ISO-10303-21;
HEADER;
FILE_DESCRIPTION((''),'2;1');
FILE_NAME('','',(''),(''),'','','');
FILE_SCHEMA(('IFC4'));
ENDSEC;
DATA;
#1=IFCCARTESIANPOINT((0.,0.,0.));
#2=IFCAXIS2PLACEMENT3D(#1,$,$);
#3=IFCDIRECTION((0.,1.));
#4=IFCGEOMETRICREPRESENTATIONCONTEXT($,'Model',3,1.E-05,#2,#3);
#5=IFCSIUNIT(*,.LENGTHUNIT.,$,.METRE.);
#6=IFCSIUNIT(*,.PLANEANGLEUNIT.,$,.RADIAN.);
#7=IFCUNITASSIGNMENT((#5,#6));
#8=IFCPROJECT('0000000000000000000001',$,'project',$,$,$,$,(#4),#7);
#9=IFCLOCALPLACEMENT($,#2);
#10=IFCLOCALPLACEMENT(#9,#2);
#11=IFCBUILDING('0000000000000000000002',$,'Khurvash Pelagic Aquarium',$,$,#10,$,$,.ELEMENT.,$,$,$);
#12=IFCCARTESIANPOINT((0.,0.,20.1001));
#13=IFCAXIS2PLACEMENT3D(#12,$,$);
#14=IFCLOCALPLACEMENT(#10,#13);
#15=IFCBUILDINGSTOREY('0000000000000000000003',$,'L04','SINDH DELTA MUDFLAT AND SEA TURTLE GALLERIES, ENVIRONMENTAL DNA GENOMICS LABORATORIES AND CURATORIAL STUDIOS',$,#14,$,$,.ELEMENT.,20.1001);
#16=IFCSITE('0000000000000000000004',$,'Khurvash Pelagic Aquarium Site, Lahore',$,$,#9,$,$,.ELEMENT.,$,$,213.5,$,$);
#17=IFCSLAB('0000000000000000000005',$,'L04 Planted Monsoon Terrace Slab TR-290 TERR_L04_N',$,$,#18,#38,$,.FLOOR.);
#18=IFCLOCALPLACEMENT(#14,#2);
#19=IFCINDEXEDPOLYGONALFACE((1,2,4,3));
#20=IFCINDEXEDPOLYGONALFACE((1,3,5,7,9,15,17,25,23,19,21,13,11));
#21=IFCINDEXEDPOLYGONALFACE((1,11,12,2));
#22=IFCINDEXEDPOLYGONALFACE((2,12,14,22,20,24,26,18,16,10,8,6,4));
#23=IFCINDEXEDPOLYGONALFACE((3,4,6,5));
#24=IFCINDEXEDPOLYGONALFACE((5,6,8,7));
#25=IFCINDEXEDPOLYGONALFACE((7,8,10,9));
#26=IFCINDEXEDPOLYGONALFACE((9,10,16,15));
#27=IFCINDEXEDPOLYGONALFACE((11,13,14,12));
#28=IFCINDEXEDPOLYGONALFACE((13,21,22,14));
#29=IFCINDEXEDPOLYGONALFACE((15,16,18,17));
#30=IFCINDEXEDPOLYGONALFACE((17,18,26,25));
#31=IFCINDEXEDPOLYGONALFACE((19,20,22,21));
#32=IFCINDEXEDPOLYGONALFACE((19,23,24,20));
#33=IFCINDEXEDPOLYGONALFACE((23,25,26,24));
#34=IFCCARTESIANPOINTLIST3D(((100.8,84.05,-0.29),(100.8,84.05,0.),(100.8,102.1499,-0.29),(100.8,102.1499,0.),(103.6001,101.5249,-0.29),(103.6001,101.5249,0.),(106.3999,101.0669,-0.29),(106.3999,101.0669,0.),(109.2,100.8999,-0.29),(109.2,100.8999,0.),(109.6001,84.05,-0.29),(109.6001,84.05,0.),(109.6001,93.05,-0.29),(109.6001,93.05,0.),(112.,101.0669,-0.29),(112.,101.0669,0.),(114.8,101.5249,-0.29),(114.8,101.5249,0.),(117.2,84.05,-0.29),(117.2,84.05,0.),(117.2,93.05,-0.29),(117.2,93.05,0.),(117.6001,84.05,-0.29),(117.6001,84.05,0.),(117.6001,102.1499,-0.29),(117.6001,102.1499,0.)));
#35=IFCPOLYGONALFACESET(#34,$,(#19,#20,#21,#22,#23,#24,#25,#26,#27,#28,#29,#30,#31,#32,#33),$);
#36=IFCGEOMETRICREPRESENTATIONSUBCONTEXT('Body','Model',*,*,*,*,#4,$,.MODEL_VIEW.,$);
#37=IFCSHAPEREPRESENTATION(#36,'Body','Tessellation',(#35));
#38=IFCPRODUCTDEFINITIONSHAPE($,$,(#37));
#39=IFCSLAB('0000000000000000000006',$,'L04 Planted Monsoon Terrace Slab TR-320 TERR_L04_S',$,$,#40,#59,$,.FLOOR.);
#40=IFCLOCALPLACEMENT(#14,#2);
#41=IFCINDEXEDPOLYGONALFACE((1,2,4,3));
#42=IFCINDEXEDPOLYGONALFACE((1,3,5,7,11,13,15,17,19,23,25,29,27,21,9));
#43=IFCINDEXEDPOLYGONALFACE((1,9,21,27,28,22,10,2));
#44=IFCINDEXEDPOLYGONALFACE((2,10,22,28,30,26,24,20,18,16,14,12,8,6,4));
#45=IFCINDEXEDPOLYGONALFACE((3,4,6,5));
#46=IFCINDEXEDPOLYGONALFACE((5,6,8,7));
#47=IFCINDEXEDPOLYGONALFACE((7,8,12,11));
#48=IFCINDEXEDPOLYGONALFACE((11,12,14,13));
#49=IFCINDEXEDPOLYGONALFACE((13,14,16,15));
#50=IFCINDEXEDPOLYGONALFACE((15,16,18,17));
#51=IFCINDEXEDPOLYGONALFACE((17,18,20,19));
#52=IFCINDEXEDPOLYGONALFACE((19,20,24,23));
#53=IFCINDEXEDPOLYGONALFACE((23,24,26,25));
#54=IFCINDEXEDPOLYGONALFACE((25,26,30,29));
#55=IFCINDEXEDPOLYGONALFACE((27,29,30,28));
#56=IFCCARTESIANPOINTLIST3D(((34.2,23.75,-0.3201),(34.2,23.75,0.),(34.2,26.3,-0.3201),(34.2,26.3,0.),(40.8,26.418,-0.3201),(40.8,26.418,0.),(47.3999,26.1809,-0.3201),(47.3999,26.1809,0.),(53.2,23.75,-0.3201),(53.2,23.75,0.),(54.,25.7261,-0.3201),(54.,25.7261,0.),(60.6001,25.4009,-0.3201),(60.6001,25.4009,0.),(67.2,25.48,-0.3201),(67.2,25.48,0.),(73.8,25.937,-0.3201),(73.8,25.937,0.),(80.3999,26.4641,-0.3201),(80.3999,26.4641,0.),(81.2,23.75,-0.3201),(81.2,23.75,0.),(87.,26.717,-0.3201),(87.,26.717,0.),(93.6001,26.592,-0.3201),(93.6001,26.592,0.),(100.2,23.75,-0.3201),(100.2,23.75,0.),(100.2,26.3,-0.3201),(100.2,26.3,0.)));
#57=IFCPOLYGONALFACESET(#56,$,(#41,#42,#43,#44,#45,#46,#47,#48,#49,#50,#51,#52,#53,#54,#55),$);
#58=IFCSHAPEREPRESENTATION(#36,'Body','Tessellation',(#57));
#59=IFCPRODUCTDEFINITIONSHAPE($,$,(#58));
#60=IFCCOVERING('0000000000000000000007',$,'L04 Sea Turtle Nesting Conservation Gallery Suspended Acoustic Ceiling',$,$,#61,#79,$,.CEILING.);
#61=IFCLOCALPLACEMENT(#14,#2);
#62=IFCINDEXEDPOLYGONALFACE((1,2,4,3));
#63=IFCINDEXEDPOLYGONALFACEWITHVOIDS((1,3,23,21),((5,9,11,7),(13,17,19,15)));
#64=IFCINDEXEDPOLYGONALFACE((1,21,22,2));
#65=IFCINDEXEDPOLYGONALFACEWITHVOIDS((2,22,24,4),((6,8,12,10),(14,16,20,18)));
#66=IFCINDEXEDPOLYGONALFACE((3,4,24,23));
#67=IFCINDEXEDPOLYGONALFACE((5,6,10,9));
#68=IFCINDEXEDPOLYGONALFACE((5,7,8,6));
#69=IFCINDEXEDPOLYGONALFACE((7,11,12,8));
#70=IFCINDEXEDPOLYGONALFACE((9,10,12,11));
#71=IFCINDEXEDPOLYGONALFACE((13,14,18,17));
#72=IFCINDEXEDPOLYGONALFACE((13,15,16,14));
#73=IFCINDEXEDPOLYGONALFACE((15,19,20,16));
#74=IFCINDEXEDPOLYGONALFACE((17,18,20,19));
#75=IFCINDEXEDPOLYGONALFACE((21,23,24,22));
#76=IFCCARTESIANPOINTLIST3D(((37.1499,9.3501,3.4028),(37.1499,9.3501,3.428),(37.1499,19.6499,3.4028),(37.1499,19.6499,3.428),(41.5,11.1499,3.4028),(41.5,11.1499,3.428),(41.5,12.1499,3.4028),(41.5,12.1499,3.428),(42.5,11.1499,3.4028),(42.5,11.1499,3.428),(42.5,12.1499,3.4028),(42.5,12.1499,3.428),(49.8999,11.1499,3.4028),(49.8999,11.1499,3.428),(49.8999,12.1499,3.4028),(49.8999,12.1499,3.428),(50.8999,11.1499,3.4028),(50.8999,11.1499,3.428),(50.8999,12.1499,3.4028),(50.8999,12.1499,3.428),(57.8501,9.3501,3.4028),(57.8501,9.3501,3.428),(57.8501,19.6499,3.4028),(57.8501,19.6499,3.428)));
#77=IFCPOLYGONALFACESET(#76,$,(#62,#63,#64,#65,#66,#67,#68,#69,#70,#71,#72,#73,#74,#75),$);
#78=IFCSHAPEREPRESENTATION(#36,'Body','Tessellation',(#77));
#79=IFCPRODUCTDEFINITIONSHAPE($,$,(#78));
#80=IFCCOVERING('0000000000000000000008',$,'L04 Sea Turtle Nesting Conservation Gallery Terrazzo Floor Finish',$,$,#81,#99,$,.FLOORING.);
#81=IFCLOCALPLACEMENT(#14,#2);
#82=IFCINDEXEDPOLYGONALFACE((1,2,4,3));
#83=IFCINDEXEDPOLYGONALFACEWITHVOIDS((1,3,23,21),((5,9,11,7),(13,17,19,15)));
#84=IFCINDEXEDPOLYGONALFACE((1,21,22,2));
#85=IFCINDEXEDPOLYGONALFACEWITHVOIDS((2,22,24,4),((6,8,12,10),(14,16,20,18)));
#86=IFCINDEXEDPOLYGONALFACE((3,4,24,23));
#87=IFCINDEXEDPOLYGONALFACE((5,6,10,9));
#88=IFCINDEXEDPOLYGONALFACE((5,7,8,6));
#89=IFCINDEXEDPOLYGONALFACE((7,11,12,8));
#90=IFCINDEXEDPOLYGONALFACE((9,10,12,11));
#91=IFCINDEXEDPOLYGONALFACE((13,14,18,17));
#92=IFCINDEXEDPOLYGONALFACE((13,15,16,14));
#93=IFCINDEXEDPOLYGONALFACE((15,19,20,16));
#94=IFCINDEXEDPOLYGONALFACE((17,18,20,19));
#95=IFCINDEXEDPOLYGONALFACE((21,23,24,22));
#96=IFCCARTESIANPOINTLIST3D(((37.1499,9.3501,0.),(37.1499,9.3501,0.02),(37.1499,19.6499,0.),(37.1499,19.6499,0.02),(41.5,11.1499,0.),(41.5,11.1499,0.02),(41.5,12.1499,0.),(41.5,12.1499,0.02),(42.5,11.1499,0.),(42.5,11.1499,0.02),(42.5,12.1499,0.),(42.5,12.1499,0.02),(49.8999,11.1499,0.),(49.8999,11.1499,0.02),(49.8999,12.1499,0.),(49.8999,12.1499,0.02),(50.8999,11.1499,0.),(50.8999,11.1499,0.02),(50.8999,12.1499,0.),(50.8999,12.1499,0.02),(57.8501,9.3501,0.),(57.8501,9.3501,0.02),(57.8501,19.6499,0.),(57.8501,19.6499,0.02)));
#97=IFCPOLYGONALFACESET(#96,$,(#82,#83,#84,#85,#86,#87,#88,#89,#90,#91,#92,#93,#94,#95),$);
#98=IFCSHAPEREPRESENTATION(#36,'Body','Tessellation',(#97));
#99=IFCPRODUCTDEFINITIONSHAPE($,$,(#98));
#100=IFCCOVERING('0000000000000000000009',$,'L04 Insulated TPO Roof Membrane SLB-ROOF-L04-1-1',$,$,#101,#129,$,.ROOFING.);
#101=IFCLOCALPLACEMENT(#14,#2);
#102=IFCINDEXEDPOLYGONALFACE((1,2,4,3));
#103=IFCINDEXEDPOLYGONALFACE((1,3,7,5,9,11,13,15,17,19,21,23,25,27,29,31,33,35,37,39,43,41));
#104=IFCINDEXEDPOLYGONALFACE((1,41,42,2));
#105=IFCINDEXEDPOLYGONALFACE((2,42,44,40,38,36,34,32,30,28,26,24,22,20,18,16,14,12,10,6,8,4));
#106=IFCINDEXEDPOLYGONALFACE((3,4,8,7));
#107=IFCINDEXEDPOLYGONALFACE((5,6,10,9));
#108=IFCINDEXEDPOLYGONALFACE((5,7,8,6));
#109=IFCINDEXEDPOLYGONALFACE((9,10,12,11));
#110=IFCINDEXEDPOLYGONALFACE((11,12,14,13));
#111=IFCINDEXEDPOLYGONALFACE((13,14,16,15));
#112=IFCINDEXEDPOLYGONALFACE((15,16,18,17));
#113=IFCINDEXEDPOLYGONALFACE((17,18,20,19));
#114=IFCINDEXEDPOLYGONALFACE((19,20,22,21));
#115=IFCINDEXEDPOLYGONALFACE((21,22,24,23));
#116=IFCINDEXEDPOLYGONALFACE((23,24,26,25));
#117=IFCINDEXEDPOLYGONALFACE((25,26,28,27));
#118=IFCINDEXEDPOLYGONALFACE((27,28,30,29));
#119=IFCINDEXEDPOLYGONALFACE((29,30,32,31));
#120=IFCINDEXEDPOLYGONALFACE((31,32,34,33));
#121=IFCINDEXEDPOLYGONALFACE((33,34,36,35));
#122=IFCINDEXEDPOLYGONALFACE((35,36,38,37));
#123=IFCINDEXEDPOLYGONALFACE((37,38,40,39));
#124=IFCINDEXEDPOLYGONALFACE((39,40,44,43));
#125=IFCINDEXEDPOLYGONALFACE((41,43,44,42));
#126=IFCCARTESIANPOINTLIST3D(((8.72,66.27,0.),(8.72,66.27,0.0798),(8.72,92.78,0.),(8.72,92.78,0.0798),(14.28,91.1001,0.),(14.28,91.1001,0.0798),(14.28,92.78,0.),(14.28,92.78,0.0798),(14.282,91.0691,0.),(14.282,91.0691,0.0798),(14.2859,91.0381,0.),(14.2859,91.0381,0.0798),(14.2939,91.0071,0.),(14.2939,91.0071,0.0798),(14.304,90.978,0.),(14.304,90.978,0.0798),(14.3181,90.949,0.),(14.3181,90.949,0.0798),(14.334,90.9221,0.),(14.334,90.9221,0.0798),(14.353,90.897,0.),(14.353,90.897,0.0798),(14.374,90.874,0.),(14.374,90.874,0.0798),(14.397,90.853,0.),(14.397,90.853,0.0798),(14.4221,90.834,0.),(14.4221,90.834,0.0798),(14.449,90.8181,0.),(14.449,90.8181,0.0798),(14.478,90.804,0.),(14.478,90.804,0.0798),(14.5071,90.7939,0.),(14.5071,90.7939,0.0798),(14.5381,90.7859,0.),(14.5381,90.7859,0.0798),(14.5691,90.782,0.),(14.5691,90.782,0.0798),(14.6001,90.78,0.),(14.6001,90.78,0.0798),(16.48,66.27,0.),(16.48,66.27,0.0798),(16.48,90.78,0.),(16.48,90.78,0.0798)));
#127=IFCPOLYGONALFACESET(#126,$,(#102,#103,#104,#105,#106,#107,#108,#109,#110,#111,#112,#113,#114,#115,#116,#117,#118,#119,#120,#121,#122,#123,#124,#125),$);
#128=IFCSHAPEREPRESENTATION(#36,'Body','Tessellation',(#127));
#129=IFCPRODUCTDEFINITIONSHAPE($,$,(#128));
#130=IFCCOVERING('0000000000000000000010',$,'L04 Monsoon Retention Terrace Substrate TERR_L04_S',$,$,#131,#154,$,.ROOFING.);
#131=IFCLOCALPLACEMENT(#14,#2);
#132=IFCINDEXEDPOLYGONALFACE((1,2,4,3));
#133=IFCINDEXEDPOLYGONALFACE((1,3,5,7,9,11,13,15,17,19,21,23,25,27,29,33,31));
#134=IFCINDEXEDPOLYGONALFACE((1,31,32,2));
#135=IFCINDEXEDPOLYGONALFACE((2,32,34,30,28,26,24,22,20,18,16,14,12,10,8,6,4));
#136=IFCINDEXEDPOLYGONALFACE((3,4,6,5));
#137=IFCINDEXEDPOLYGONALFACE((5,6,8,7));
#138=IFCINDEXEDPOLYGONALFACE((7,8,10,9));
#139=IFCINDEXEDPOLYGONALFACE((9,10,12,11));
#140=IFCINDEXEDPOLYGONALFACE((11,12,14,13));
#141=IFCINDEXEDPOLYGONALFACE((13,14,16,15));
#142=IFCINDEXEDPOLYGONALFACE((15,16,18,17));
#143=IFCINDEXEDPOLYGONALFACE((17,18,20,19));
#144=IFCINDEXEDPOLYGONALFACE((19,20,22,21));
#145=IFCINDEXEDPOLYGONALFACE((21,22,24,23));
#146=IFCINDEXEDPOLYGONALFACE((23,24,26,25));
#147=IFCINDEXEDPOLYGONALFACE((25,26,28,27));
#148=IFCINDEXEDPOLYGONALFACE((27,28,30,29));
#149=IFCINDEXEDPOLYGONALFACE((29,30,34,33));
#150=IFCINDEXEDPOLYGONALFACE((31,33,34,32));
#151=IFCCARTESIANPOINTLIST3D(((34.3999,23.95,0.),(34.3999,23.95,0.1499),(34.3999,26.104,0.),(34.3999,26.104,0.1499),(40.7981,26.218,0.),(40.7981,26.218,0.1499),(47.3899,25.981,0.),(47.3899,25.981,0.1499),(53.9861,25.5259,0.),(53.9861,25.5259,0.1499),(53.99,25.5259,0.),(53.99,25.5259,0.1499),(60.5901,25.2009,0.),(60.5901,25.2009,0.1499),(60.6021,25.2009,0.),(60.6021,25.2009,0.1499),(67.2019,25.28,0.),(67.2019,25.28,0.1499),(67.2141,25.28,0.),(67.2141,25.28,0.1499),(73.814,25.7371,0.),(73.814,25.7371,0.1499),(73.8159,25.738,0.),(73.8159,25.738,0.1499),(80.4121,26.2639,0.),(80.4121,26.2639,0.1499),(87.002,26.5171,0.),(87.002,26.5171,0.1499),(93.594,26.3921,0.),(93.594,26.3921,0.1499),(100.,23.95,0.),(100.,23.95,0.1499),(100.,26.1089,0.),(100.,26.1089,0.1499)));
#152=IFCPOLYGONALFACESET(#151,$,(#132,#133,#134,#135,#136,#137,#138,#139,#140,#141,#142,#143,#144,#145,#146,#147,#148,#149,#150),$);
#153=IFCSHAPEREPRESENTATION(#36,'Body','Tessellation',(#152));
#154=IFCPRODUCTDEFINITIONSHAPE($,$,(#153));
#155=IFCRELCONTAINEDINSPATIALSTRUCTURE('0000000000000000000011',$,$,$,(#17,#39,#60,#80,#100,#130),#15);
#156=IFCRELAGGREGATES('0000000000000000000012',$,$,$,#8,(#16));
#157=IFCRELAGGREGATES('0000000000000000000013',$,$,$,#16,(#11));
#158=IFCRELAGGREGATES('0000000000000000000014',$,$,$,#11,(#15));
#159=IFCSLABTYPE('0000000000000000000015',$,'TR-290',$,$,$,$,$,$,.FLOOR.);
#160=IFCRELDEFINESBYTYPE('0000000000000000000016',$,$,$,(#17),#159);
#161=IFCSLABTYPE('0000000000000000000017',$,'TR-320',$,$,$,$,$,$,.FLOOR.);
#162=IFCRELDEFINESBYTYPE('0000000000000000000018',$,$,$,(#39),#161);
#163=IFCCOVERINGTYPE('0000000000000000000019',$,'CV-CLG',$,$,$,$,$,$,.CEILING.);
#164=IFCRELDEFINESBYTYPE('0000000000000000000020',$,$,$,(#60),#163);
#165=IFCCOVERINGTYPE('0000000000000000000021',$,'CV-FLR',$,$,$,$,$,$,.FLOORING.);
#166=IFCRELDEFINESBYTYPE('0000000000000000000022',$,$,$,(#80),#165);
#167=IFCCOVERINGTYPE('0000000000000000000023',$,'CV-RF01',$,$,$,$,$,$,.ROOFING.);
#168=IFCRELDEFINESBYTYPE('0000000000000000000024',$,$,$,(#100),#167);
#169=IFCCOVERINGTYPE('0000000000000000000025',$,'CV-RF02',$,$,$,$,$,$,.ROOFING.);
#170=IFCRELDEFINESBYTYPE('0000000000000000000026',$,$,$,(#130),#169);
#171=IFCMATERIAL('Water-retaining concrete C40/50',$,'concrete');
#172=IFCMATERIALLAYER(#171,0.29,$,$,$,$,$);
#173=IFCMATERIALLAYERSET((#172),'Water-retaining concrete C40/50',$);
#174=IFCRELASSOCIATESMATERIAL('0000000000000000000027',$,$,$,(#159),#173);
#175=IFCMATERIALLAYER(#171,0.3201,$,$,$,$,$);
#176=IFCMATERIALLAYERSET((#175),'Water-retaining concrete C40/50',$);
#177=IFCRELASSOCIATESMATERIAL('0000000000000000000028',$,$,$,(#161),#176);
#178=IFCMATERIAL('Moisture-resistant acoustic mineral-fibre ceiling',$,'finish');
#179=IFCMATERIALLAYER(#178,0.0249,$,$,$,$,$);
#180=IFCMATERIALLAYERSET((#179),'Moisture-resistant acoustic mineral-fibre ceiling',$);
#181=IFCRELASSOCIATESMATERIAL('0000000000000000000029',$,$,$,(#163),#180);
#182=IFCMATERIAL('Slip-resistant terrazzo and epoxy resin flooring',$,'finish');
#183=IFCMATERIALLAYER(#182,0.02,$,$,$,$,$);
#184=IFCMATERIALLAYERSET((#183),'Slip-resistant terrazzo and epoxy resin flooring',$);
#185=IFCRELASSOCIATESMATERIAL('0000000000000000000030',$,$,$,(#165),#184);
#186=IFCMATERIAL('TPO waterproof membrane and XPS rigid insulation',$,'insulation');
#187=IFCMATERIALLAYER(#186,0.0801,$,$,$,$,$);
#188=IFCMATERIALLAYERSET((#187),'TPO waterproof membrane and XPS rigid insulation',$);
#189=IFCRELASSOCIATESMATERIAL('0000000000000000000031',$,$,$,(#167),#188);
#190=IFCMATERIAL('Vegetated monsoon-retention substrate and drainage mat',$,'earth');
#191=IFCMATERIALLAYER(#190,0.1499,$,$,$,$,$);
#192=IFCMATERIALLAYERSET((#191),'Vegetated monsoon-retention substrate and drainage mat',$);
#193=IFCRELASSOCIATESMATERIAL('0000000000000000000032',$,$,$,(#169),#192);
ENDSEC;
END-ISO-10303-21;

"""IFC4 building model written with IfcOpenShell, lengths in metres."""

from ifc_helpers import new_model, si_unit, direction, frame, origin, place, context, subcontext, project, spatial, polyline, outline, extrude, material, layer, layer_set, type_object, element, save


model = new_model("IFC4")

# Units and contexts
model_context = context("Model", 3, precision=1e-05, world=origin(), true_north=direction((0.0, 1.0)))
body_context = subcontext(model_context, "Body", "Model", "MODEL_VIEW")
ifc_project = project(units=[si_unit("LENGTHUNIT", "METRE"), si_unit("PLANEANGLEUNIT", "RADIAN")], contexts=[model_context])

# Site, building, storey
site_placement = place(None, origin())
site = spatial("IfcSite", under=ifc_project, at=site_placement, Name="Khurvash Pelagic Aquarium Site, Lahore", CompositionType="ELEMENT", RefElevation=213.5)
building_placement = place(site_placement, origin())
building = spatial("IfcBuilding", under=site, at=building_placement, Name="Khurvash Pelagic Aquarium", CompositionType="ELEMENT")
storey_placement = place(building_placement, frame((0.0, 0.0, 20.1001)))
storey = spatial("IfcBuildingStorey", under=building, at=storey_placement, Name="L04", Description="SINDH DELTA MUDFLAT AND SEA TURTLE GALLERIES, ENVIRONMENTAL DNA GENOMICS LABORATORIES AND CURATORIAL STUDIOS", CompositionType="ELEMENT", Elevation=20.1001)

# Slabs
ifc_material_1 = material(Name="Water-retaining concrete C40/50", Category="concrete")
ifc_layer_1 = layer(ifc_material_1, 0.29)
ifc_layer_set_1 = layer_set([ifc_layer_1], Name="Water-retaining concrete C40/50")
slab_type_1 = type_object("IfcSlabType", Name="TR-290", PredefinedType="FLOOR", material=ifc_layer_set_1)
slab_1_placement = place(storey_placement, frame((0.0, 0.0, -0.29)))
element("IfcSlab", 1, at=slab_1_placement, inside=storey, type_object=slab_type_1, Name="L04 Planted Monsoon Terrace Slab TR-290 TERR_L04_N", PredefinedType="FLOOR", context=body_context, shape_type="SweptSolid", body=[
    extrude(outline(polyline([(100.8, 84.05), (109.6001, 84.05), (109.6001, 93.05), (117.2, 93.05), (117.2, 84.05), (117.6001, 84.05), (117.6001, 102.1499), (114.8, 101.5249), (112.0, 101.0669), (109.2, 100.8999), (106.3999, 101.0669), (103.6001, 101.5249), (100.8, 102.1499), (100.8, 84.05)])), origin(), (0.0, 0.0, 1.0), 0.29),
])
ifc_layer_2 = layer(ifc_material_1, 0.3201)
ifc_layer_set_2 = layer_set([ifc_layer_2], Name="Water-retaining concrete C40/50")
slab_type_2 = type_object("IfcSlabType", Name="TR-320", PredefinedType="FLOOR", material=ifc_layer_set_2)
slab_2_placement = place(storey_placement, frame((0.0, 0.0, -0.3201)))
element("IfcSlab", 2, at=slab_2_placement, inside=storey, type_object=slab_type_2, Name="L04 Planted Monsoon Terrace Slab TR-320 TERR_L04_S", PredefinedType="FLOOR", context=body_context, shape_type="SweptSolid", body=[
    extrude(outline(polyline([(34.2, 23.75), (53.2, 23.75), (81.2, 23.75), (100.2, 23.75), (100.2, 26.3), (93.6001, 26.592), (87.0, 26.717), (80.3999, 26.4641), (73.8, 25.937), (67.2, 25.48), (60.6001, 25.4009), (54.0, 25.7261), (47.3999, 26.1809), (40.8, 26.418), (34.2, 26.3), (34.2, 23.75)])), origin(), (0.0, 0.0, 1.0), 0.3201),
])

# Coverings
ifc_material_2 = material(Name="Moisture-resistant acoustic mineral-fibre ceiling", Category="finish")
ifc_layer_3 = layer(ifc_material_2, 0.0249)
ifc_layer_set_3 = layer_set([ifc_layer_3], Name="Moisture-resistant acoustic mineral-fibre ceiling")
covering_type_1 = type_object("IfcCoveringType", Name="CV-CLG", PredefinedType="CEILING", material=ifc_layer_set_3)
covering_1_placement = place(storey_placement, frame((0.0, 0.0, 3.4028)))
element("IfcCovering", 3, at=covering_1_placement, inside=storey, type_object=covering_type_1, Name="L04 Sea Turtle Nesting Conservation Gallery Suspended Acoustic Ceiling", PredefinedType="CEILING", context=body_context, shape_type="SweptSolid", body=[
    extrude(outline(polyline([(37.1499, 19.6499), (37.1499, 9.3501), (57.8501, 9.3501), (57.8501, 19.6499), (37.1499, 19.6499)]), holes=[polyline([(42.5, 12.1499), (42.5, 11.1499), (41.5, 11.1499), (41.5, 12.1499), (42.5, 12.1499)]), polyline([(50.8999, 11.1499), (49.8999, 11.1499), (49.8999, 12.1499), (50.8999, 12.1499), (50.8999, 11.1499)])]), origin(), (0.0, 0.0, 1.0), 0.0251),
])
ifc_material_3 = material(Name="Slip-resistant terrazzo and epoxy resin flooring", Category="finish")
ifc_layer_4 = layer(ifc_material_3, 0.02)
ifc_layer_set_4 = layer_set([ifc_layer_4], Name="Slip-resistant terrazzo and epoxy resin flooring")
covering_type_2 = type_object("IfcCoveringType", Name="CV-FLR", PredefinedType="FLOORING", material=ifc_layer_set_4)
covering_2_placement = place(storey_placement, origin())
element("IfcCovering", 4, at=covering_2_placement, inside=storey, type_object=covering_type_2, Name="L04 Sea Turtle Nesting Conservation Gallery Terrazzo Floor Finish", PredefinedType="FLOORING", context=body_context, shape_type="SweptSolid", body=[
    extrude(outline(polyline([(37.1499, 19.6499), (37.1499, 9.3501), (57.8501, 9.3501), (57.8501, 19.6499), (37.1499, 19.6499)]), holes=[polyline([(42.5, 12.1499), (42.5, 11.1499), (41.5, 11.1499), (41.5, 12.1499), (42.5, 12.1499)]), polyline([(50.8999, 11.1499), (49.8999, 11.1499), (49.8999, 12.1499), (50.8999, 12.1499), (50.8999, 11.1499)])]), origin(), (0.0, 0.0, 1.0), 0.02),
])
ifc_material_4 = material(Name="TPO waterproof membrane and XPS rigid insulation", Category="insulation")
ifc_layer_5 = layer(ifc_material_4, 0.0801)
ifc_layer_set_5 = layer_set([ifc_layer_5], Name="TPO waterproof membrane and XPS rigid insulation")
covering_type_3 = type_object("IfcCoveringType", Name="CV-RF01", PredefinedType="ROOFING", material=ifc_layer_set_5)
covering_3_placement = place(storey_placement, origin())
element("IfcCovering", 5, at=covering_3_placement, inside=storey, type_object=covering_type_3, Name="L04 Insulated TPO Roof Membrane SLB-ROOF-L04-1-1", PredefinedType="ROOFING", context=body_context, shape_type="SweptSolid", body=[
    extrude(outline(polyline([(16.48, 90.78), (16.48, 66.27), (8.72, 66.27), (8.72, 92.78), (14.28, 92.78), (14.28, 91.1001), (14.282, 91.0691), (14.2859, 91.0381), (14.2939, 91.0071), (14.304, 90.978), (14.3181, 90.949), (14.334, 90.9221), (14.353, 90.897), (14.374, 90.874), (14.397, 90.853), (14.4221, 90.834), (14.449, 90.8181), (14.478, 90.804), (14.5071, 90.7939), (14.5381, 90.7859), (14.5691, 90.782), (14.6001, 90.78), (16.48, 90.78)])), origin(), (0.0, 0.0, 1.0), 0.0798),
])
ifc_material_5 = material(Name="Vegetated monsoon-retention substrate and drainage mat", Category="earth")
ifc_layer_6 = layer(ifc_material_5, 0.1499)
ifc_layer_set_6 = layer_set([ifc_layer_6], Name="Vegetated monsoon-retention substrate and drainage mat")
covering_type_4 = type_object("IfcCoveringType", Name="CV-RF02", PredefinedType="ROOFING", material=ifc_layer_set_6)
covering_4_placement = place(storey_placement, origin())
element("IfcCovering", 6, at=covering_4_placement, inside=storey, type_object=covering_type_4, Name="L04 Monsoon Retention Terrace Substrate TERR_L04_S", PredefinedType="ROOFING", context=body_context, shape_type="SweptSolid", body=[
    extrude(outline(polyline([(34.3999, 23.95), (34.3999, 26.104), (40.7981, 26.218), (47.3899, 25.981), (53.9861, 25.5259), (53.99, 25.5259), (60.5901, 25.2009), (60.6021, 25.2009), (67.2019, 25.28), (67.2141, 25.28), (73.814, 25.7371), (73.8159, 25.738), (80.4121, 26.2639), (87.002, 26.5171), (93.594, 26.3921), (100.0, 26.1089), (100.0, 23.95), (34.3999, 23.95)])), origin(), (0.0, 0.0, 1.0), 0.1499),
])

save(model, "model.ifc")
